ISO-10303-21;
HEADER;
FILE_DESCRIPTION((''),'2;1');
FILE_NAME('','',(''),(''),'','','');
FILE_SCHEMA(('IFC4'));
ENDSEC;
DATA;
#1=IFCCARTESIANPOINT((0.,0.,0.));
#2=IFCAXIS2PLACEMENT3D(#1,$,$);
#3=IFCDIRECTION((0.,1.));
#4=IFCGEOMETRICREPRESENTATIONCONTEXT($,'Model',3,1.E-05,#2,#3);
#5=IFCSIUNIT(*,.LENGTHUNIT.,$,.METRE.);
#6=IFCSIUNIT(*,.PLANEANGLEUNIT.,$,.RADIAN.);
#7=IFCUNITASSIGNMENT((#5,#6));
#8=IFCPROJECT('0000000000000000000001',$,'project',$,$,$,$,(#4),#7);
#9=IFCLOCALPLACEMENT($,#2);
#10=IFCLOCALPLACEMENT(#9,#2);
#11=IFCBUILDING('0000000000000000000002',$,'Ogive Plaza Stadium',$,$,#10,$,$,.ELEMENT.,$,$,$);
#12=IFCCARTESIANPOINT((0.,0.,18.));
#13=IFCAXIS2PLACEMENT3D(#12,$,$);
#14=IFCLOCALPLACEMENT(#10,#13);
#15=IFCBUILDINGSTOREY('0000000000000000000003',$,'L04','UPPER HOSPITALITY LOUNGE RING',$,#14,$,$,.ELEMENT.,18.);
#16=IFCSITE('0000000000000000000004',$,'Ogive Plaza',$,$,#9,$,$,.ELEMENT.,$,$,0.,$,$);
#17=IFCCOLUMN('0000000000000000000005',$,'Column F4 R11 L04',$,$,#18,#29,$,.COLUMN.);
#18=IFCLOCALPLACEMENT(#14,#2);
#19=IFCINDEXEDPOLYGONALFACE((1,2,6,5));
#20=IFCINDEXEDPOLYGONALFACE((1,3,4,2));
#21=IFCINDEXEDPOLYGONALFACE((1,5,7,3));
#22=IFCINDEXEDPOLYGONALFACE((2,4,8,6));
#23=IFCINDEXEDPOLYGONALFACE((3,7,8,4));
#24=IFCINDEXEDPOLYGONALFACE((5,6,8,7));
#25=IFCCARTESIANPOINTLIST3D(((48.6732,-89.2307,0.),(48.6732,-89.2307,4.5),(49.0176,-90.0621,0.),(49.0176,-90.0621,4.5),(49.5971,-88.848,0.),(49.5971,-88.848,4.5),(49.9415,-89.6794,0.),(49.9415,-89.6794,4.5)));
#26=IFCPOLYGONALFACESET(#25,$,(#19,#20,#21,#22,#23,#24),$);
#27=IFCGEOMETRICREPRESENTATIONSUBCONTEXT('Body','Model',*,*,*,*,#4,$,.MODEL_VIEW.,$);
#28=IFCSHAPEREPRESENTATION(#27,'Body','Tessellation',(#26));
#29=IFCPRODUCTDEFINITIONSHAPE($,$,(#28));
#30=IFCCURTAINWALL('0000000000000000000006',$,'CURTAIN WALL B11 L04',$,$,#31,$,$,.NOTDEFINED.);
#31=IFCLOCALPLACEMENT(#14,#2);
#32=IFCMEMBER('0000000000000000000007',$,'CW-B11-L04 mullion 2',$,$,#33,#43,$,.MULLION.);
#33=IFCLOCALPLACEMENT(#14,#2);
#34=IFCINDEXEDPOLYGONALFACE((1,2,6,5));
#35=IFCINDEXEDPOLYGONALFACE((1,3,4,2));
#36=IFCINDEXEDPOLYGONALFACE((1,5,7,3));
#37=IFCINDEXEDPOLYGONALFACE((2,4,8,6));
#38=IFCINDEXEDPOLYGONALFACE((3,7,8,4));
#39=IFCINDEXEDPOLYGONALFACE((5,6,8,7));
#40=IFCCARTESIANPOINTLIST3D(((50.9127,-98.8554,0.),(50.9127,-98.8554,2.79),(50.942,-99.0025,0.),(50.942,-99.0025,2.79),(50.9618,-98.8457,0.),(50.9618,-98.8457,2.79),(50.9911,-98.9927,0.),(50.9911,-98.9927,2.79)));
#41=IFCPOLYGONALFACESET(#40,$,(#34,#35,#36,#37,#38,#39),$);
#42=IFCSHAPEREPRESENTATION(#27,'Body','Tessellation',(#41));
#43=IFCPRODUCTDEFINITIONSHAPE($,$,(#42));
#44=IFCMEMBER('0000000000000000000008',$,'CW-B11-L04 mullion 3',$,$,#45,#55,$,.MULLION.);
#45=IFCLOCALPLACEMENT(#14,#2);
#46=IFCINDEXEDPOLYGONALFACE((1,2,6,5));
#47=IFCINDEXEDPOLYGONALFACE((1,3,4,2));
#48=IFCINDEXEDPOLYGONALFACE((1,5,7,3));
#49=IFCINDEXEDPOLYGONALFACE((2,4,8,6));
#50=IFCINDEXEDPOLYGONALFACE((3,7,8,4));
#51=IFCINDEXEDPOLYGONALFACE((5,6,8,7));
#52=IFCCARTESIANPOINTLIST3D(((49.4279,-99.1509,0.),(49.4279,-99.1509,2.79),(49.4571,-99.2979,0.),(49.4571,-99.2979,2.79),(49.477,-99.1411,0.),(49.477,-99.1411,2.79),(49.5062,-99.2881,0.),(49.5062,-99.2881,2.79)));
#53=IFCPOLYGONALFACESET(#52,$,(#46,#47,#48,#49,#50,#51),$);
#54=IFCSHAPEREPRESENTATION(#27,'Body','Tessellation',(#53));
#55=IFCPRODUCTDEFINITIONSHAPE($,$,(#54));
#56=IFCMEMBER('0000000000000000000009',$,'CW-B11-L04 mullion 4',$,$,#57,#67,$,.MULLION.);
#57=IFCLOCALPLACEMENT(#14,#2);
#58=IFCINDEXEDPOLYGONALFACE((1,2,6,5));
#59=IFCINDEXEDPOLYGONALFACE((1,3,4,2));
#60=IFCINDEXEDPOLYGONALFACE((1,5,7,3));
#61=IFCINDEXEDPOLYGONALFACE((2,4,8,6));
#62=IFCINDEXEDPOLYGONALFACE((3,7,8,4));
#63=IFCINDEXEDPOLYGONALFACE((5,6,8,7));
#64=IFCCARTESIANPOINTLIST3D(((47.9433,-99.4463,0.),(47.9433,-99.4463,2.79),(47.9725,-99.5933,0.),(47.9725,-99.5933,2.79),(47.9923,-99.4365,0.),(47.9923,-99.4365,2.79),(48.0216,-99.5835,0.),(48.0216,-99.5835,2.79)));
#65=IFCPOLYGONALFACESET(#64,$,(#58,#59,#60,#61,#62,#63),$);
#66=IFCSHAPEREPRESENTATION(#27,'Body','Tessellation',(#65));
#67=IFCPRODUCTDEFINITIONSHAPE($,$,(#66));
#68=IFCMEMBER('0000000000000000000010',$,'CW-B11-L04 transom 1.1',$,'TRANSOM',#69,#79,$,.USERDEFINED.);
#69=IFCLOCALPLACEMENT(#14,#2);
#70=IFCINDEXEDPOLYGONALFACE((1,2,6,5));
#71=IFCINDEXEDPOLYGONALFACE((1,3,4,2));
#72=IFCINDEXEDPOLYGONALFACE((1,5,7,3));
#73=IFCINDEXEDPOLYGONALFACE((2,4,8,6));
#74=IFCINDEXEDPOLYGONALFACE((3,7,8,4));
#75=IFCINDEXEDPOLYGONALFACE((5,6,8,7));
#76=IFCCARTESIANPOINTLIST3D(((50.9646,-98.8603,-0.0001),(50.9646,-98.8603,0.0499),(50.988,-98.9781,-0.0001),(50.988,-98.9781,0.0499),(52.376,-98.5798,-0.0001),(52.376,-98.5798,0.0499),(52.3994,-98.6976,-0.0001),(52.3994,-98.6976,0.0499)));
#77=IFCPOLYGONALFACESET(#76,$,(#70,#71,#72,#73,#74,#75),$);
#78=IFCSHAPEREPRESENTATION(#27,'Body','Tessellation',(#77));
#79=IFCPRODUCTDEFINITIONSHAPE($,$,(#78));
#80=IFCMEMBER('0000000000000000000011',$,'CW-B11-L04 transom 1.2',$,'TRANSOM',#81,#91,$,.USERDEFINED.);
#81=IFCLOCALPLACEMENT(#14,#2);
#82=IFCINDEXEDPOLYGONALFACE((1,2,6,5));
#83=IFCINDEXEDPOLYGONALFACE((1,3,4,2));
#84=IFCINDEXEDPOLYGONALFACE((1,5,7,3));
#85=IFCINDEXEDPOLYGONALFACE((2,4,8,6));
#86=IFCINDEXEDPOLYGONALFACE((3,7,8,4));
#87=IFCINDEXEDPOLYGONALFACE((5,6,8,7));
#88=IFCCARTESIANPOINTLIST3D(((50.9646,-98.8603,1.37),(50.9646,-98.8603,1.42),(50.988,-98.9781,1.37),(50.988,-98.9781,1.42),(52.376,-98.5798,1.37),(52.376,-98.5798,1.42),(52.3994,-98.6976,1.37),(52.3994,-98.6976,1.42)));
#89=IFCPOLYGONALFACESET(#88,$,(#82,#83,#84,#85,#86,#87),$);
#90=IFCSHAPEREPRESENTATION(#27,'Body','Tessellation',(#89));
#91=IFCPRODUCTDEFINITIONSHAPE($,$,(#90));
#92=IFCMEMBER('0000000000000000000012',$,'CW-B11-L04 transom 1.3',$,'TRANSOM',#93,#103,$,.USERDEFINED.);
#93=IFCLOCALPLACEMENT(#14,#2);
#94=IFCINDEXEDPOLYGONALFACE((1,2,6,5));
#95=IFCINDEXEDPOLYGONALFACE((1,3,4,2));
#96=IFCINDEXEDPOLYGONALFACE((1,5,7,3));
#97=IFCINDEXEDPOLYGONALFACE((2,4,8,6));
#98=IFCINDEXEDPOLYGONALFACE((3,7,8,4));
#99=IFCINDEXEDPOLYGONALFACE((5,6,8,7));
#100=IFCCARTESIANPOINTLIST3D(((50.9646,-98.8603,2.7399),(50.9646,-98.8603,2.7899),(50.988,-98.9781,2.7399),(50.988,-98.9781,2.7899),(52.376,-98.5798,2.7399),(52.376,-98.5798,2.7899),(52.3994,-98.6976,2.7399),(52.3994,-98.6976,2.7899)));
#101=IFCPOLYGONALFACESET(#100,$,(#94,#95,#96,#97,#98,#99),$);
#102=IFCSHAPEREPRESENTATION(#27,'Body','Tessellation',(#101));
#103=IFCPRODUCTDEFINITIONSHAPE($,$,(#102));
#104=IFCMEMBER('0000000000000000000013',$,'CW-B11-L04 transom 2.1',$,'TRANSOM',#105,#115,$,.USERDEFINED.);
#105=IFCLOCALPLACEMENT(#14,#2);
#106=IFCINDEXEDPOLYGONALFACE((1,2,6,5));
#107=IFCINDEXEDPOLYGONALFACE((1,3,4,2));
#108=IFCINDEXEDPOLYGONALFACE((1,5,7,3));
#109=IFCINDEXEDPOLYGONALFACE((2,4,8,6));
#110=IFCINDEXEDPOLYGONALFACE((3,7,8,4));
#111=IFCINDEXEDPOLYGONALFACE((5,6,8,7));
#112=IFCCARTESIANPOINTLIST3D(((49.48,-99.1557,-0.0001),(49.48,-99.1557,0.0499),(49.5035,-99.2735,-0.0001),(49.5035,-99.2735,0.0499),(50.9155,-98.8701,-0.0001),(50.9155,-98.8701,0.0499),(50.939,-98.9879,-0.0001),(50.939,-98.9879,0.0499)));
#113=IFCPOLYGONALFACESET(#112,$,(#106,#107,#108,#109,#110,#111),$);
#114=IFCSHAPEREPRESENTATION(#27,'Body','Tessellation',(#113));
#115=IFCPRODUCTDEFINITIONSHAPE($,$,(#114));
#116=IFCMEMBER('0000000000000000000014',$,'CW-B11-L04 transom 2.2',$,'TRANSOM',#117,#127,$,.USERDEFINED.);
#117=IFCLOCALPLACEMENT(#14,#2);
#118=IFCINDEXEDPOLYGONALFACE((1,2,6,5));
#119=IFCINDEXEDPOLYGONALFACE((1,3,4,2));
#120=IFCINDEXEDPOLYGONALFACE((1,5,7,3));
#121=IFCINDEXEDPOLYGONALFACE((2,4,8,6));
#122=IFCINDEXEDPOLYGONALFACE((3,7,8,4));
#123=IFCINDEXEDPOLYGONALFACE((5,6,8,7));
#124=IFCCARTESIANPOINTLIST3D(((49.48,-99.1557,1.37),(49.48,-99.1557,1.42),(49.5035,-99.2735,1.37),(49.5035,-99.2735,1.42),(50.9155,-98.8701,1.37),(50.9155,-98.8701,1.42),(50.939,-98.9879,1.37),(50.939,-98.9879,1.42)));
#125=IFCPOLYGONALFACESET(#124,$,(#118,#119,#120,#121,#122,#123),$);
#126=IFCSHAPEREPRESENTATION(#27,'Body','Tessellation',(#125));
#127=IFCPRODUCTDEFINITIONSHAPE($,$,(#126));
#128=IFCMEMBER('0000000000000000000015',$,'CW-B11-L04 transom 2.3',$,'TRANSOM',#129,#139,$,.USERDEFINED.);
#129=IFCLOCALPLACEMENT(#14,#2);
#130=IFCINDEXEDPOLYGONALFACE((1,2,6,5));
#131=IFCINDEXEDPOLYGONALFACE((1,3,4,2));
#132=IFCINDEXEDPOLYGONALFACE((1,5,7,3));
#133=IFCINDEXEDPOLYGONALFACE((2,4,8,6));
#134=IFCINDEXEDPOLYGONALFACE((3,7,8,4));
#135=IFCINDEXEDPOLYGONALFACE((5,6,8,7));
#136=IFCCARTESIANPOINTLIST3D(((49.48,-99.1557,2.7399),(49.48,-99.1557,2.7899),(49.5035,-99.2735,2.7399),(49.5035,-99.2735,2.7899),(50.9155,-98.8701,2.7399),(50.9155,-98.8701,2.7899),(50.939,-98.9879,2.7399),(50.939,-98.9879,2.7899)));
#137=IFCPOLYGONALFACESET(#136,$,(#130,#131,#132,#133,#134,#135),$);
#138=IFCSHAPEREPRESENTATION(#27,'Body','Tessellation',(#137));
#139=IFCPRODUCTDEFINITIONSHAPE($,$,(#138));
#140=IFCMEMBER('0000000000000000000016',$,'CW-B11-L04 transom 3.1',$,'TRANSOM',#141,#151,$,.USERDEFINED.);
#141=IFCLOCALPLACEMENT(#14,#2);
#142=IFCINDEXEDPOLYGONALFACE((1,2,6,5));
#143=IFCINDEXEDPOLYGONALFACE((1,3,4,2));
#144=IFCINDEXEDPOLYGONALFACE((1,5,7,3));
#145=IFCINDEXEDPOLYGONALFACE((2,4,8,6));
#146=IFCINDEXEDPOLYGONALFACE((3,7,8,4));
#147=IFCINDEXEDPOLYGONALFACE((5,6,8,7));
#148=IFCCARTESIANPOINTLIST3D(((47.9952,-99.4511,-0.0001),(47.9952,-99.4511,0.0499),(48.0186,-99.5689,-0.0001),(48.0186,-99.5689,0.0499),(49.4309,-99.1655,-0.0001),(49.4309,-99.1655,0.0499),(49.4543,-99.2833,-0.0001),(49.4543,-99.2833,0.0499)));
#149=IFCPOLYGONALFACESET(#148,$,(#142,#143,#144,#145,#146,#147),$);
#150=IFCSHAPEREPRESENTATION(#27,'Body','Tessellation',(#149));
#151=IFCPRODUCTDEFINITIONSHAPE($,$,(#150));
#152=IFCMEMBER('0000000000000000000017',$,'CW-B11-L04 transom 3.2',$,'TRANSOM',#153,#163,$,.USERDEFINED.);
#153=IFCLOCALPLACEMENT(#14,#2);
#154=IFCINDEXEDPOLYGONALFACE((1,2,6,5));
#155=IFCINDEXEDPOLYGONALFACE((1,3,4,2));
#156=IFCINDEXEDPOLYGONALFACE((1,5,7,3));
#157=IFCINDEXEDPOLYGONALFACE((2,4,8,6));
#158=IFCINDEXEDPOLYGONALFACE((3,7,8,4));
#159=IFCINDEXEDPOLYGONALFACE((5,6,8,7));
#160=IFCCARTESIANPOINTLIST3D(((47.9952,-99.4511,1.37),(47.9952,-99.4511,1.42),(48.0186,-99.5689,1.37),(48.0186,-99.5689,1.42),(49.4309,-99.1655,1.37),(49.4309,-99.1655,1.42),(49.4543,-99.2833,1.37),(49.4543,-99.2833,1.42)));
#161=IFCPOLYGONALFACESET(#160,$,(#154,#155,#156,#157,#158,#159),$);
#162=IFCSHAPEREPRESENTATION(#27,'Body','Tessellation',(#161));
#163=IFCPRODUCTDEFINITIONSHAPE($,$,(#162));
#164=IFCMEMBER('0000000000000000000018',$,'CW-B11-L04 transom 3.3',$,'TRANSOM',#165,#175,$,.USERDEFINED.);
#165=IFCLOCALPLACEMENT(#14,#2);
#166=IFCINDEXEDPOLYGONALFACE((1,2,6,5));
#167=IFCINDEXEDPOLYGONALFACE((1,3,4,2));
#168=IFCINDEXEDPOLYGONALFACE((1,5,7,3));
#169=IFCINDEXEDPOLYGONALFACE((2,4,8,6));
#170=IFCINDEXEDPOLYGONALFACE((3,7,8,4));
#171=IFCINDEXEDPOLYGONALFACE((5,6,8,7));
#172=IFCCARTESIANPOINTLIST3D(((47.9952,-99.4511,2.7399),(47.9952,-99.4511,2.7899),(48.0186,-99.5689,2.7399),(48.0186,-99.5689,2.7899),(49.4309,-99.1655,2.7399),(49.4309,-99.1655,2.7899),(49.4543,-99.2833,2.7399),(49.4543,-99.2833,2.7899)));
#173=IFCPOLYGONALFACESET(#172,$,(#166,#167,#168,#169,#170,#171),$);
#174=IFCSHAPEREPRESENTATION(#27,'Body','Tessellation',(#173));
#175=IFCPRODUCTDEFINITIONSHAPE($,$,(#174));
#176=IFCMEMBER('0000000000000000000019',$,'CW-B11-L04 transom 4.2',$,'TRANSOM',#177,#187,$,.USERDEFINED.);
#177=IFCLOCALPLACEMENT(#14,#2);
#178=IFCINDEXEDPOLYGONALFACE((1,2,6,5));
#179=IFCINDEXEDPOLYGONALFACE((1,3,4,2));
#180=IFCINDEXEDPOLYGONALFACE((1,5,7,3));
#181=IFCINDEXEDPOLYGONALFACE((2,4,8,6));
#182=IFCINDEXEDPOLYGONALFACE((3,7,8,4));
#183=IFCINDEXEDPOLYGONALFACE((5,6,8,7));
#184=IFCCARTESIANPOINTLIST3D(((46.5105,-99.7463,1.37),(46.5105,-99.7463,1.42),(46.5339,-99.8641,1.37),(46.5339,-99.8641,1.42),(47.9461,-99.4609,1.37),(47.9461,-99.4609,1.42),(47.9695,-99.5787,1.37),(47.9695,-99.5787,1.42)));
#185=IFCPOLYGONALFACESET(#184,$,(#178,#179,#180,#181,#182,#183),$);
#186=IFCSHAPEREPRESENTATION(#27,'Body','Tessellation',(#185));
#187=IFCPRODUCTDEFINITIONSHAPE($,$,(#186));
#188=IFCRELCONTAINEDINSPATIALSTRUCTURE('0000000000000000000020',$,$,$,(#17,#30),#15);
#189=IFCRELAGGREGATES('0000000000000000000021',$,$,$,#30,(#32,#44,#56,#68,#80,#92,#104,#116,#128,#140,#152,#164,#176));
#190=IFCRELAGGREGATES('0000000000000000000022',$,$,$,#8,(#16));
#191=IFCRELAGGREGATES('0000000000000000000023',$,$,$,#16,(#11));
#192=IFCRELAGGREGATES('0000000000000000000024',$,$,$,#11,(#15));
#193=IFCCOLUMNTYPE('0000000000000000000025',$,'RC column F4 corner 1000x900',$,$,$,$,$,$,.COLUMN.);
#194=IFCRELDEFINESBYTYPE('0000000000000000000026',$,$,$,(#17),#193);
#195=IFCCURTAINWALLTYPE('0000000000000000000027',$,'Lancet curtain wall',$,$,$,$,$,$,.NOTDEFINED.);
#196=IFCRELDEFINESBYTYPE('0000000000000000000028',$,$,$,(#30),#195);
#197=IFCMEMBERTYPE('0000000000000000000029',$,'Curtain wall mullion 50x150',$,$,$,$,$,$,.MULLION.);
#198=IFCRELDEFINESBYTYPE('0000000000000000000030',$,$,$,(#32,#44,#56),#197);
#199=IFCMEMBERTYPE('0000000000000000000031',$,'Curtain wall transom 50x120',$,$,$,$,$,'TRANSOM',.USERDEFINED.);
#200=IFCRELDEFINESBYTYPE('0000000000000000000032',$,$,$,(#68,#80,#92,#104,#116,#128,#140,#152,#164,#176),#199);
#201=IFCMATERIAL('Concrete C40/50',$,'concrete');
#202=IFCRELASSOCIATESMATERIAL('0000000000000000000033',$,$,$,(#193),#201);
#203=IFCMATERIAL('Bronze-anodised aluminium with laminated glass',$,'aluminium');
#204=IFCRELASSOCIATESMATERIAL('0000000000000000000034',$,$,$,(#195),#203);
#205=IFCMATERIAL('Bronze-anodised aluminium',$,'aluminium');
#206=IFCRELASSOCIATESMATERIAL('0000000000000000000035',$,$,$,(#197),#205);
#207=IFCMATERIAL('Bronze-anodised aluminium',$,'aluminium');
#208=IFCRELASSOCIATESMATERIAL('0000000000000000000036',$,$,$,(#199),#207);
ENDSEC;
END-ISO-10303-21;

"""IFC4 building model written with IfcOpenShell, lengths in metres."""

from ifc_helpers import new_model, si_unit, direction, frame, origin, origin_2d, place, context, subcontext, project, spatial, rectangle, extrude, material, material_profile, profile_set, type_object, element, aggregate, save


model = new_model("IFC4")

# Units and contexts
model_context = context("Model", 3, precision=1e-05, world=origin(), true_north=direction((0.0, 1.0)))
body_context = subcontext(model_context, "Body", "Model", "MODEL_VIEW")
ifc_project = project(units=[si_unit("LENGTHUNIT", "METRE"), si_unit("PLANEANGLEUNIT", "RADIAN")], contexts=[model_context])

# Site, building, storey
site_placement = place(None, origin())
site = spatial("IfcSite", under=ifc_project, at=site_placement, Name="Ogive Plaza", CompositionType="ELEMENT", RefElevation=0.0)
building_placement = place(site_placement, origin())
building = spatial("IfcBuilding", under=site, at=building_placement, Name="Ogive Plaza Stadium", CompositionType="ELEMENT")
storey_placement = place(building_placement, frame((0.0, 0.0, 18.0)))
storey = spatial("IfcBuildingStorey", under=building, at=storey_placement, Name="L04", Description="UPPER HOSPITALITY LOUNGE RING", CompositionType="ELEMENT", Elevation=18.0)

# Column
ifc_material_1 = material(Name="Concrete C40/50", Category="concrete")
ifc_material_profile_1 = material_profile(ifc_material_1, rectangle(XDim=1.0, YDim=0.8999, at=origin_2d()), Name="RC 1000x900")
ifc_profile_set_1 = profile_set([ifc_material_profile_1], Name="Concrete C40/50")
column_type = type_object("IfcColumnType", Name="RC column F4 corner 1000x900", PredefinedType="COLUMN", material=ifc_profile_set_1)
column_placement = place(storey_placement, frame((49.3074, -89.4551, 0.0), z_axis=(0.0, 0.0, 1.0), x_axis=(0.92388, 0.382683, 0.0)))
element("IfcColumn", 1, at=column_placement, inside=storey, type_object=column_type, Name="Column F4 R11 L04", PredefinedType="COLUMN", context=body_context, shape_type="SweptSolid", body=[
    extrude(rectangle(XDim=1.0, YDim=0.8999, at=origin_2d()), origin(), (0.0, 0.0, 1.0), 4.5),
])

# Curtain wall, members
ifc_material_2 = material(Name="Bronze-anodised aluminium with laminated glass", Category="aluminium")
curtain_wall_type = type_object("IfcCurtainWallType", Name="Lancet curtain wall", PredefinedType="NOTDEFINED", material=ifc_material_2)
curtain_wall_placement = place(storey_placement, origin())
curtain_wall = element("IfcCurtainWall", 2, at=curtain_wall_placement, inside=storey, type_object=curtain_wall_type, Name="CURTAIN WALL B11 L04", PredefinedType="NOTDEFINED")
ifc_material_3 = material(Name="Bronze-anodised aluminium", Category="aluminium")
ifc_material_profile_2 = material_profile(ifc_material_3, rectangle(XDim=0.1499, YDim=0.05, at=origin_2d()), Name="AL 150x50")
ifc_profile_set_2 = profile_set([ifc_material_profile_2], Name="Bronze-anodised aluminium")
member_type_1 = type_object("IfcMemberType", Name="Curtain wall mullion 50x150", PredefinedType="MULLION", material=ifc_profile_set_2)
member_1_placement = place(storey_placement, frame((50.9519, -98.9241, 0.0), z_axis=(0.0, 0.0, 1.0), x_axis=(0.19509, -0.980785, 0.0)))
member_1 = element("IfcMember", 3, at=member_1_placement, type_object=member_type_1, Name="CW-B11-L04 mullion 2", PredefinedType="MULLION", context=body_context, shape_type="SweptSolid", body=[
    extrude(rectangle(XDim=0.1499, YDim=0.05, at=origin_2d()), origin(), (0.0, 0.0, 1.0), 2.79),
])
member_2_placement = place(storey_placement, frame((49.467, -99.2195, 0.0), z_axis=(0.0, 0.0, 1.0), x_axis=(0.19509, -0.980785, 0.0)))
member_2 = element("IfcMember", 4, at=member_2_placement, type_object=member_type_1, Name="CW-B11-L04 mullion 3", PredefinedType="MULLION", context=body_context, shape_type="SweptSolid", body=[
    extrude(rectangle(XDim=0.1499, YDim=0.05, at=origin_2d()), origin(), (0.0, 0.0, 1.0), 2.79),
])
member_3_placement = place(storey_placement, frame((47.9824, -99.5149, 0.0), z_axis=(0.0, 0.0, 1.0), x_axis=(0.19509, -0.980785, 0.0)))
member_3 = element("IfcMember", 5, at=member_3_placement, type_object=member_type_1, Name="CW-B11-L04 mullion 4", PredefinedType="MULLION", context=body_context, shape_type="SweptSolid", body=[
    extrude(rectangle(XDim=0.1499, YDim=0.05, at=origin_2d()), origin(), (0.0, 0.0, 1.0), 2.79),
])
ifc_material_4 = material(Name="Bronze-anodised aluminium", Category="aluminium")
ifc_material_profile_3 = material_profile(ifc_material_4, rectangle(XDim=0.1201, YDim=0.05, at=origin_2d()), Name="AL 120x50")
ifc_profile_set_3 = profile_set([ifc_material_profile_3], Name="Bronze-anodised aluminium")
member_type_2 = type_object("IfcMemberType", Name="Curtain wall transom 50x120", ElementType="TRANSOM", PredefinedType="USERDEFINED", material=ifc_profile_set_3)
member_4_placement = place(storey_placement, frame((52.3877, -98.6387, 0.0249), z_axis=(-0.980815, -0.194941, 0.0), x_axis=(0.194941, -0.980815, 0.0)))
member_4 = element("IfcMember", 6, at=member_4_placement, type_object=member_type_2, Name="CW-B11-L04 transom 1.1", ObjectType="TRANSOM", PredefinedType="USERDEFINED", context=body_context, shape_type="SweptSolid", body=[
    extrude(rectangle(XDim=0.1201, YDim=0.05, at=origin_2d()), origin(), (0.0, 0.0, 1.0), 1.439),
])
member_5_placement = place(storey_placement, frame((52.3877, -98.6387, 1.395), z_axis=(-0.980815, -0.194941, 0.0), x_axis=(0.194941, -0.980815, 0.0)))
member_5 = element("IfcMember", 7, at=member_5_placement, type_object=member_type_2, Name="CW-B11-L04 transom 1.2", ObjectType="TRANSOM", PredefinedType="USERDEFINED", context=body_context, shape_type="SweptSolid", body=[
    extrude(rectangle(XDim=0.1201, YDim=0.05, at=origin_2d()), origin(), (0.0, 0.0, 1.0), 1.439),
])
member_6_placement = place(storey_placement, frame((52.3877, -98.6387, 2.7649), z_axis=(-0.980815, -0.194941, 0.0), x_axis=(0.194941, -0.980815, 0.0)))
member_6 = element("IfcMember", 8, at=member_6_placement, type_object=member_type_2, Name="CW-B11-L04 transom 1.3", ObjectType="TRANSOM", PredefinedType="USERDEFINED", context=body_context, shape_type="SweptSolid", body=[
    extrude(rectangle(XDim=0.1201, YDim=0.05, at=origin_2d()), origin(), (0.0, 0.0, 1.0), 1.439),
])
member_7_placement = place(storey_placement, frame((50.9272, -98.929, 0.0249), z_axis=(-0.980773, -0.195154, 0.0), x_axis=(0.195154, -0.980773, 0.0)))
member_7 = element("IfcMember", 9, at=member_7_placement, type_object=member_type_2, Name="CW-B11-L04 transom 2.1", ObjectType="TRANSOM", PredefinedType="USERDEFINED", context=body_context, shape_type="SweptSolid", body=[
    extrude(rectangle(XDim=0.1201, YDim=0.05, at=origin_2d()), origin(), (0.0, 0.0, 1.0), 1.4636),
])
member_8_placement = place(storey_placement, frame((50.9272, -98.929, 1.395), z_axis=(-0.980773, -0.195154, 0.0), x_axis=(0.195154, -0.980773, 0.0)))
member_8 = element("IfcMember", 10, at=member_8_placement, type_object=member_type_2, Name="CW-B11-L04 transom 2.2", ObjectType="TRANSOM", PredefinedType="USERDEFINED", context=body_context, shape_type="SweptSolid", body=[
    extrude(rectangle(XDim=0.1201, YDim=0.05, at=origin_2d()), origin(), (0.0, 0.0, 1.0), 1.4636),
])
member_9_placement = place(storey_placement, frame((50.9272, -98.929, 2.7649), z_axis=(-0.980773, -0.195154, 0.0), x_axis=(0.195154, -0.980773, 0.0)))
member_9 = element("IfcMember", 11, at=member_9_placement, type_object=member_type_2, Name="CW-B11-L04 transom 2.3", ObjectType="TRANSOM", PredefinedType="USERDEFINED", context=body_context, shape_type="SweptSolid", body=[
    extrude(rectangle(XDim=0.1201, YDim=0.05, at=origin_2d()), origin(), (0.0, 0.0, 1.0), 1.4636),
])
member_10_placement = place(storey_placement, frame((49.4426, -99.2244, 0.0249), z_axis=(-0.980779, -0.195122, 0.0), x_axis=(0.195122, -0.980779, 0.0)))
member_10 = element("IfcMember", 12, at=member_10_placement, type_object=member_type_2, Name="CW-B11-L04 transom 3.1", ObjectType="TRANSOM", PredefinedType="USERDEFINED", context=body_context, shape_type="SweptSolid", body=[
    extrude(rectangle(XDim=0.1201, YDim=0.05, at=origin_2d()), origin(), (0.0, 0.0, 1.0), 1.4639),
])
member_11_placement = place(storey_placement, frame((49.4426, -99.2244, 1.395), z_axis=(-0.980779, -0.195122, 0.0), x_axis=(0.195122, -0.980779, 0.0)))
member_11 = element("IfcMember", 13, at=member_11_placement, type_object=member_type_2, Name="CW-B11-L04 transom 3.2", ObjectType="TRANSOM", PredefinedType="USERDEFINED", context=body_context, shape_type="SweptSolid", body=[
    extrude(rectangle(XDim=0.1201, YDim=0.05, at=origin_2d()), origin(), (0.0, 0.0, 1.0), 1.4639),
])
member_12_placement = place(storey_placement, frame((49.4426, -99.2244, 2.7649), z_axis=(-0.980779, -0.195122, 0.0), x_axis=(0.195122, -0.980779, 0.0)))
member_12 = element("IfcMember", 14, at=member_12_placement, type_object=member_type_2, Name="CW-B11-L04 transom 3.3", ObjectType="TRANSOM", PredefinedType="USERDEFINED", context=body_context, shape_type="SweptSolid", body=[
    extrude(rectangle(XDim=0.1201, YDim=0.05, at=origin_2d()), origin(), (0.0, 0.0, 1.0), 1.4639),
])
member_13_placement = place(storey_placement, frame((47.9578, -99.5198, 1.395), z_axis=(-0.980805, -0.194993, 0.0), x_axis=(0.194993, -0.980805, 0.0)))
member_13 = element("IfcMember", 15, at=member_13_placement, type_object=member_type_2, Name="CW-B11-L04 transom 4.2", ObjectType="TRANSOM", PredefinedType="USERDEFINED", context=body_context, shape_type="SweptSolid", body=[
    extrude(rectangle(XDim=0.1201, YDim=0.05, at=origin_2d()), origin(), (0.0, 0.0, 1.0), 1.4636),
])

aggregate(curtain_wall, [member_1, member_2, member_3, member_4, member_5, member_6, member_7, member_8, member_9, member_10, member_11, member_12, member_13])

save(model, "model.ifc")
